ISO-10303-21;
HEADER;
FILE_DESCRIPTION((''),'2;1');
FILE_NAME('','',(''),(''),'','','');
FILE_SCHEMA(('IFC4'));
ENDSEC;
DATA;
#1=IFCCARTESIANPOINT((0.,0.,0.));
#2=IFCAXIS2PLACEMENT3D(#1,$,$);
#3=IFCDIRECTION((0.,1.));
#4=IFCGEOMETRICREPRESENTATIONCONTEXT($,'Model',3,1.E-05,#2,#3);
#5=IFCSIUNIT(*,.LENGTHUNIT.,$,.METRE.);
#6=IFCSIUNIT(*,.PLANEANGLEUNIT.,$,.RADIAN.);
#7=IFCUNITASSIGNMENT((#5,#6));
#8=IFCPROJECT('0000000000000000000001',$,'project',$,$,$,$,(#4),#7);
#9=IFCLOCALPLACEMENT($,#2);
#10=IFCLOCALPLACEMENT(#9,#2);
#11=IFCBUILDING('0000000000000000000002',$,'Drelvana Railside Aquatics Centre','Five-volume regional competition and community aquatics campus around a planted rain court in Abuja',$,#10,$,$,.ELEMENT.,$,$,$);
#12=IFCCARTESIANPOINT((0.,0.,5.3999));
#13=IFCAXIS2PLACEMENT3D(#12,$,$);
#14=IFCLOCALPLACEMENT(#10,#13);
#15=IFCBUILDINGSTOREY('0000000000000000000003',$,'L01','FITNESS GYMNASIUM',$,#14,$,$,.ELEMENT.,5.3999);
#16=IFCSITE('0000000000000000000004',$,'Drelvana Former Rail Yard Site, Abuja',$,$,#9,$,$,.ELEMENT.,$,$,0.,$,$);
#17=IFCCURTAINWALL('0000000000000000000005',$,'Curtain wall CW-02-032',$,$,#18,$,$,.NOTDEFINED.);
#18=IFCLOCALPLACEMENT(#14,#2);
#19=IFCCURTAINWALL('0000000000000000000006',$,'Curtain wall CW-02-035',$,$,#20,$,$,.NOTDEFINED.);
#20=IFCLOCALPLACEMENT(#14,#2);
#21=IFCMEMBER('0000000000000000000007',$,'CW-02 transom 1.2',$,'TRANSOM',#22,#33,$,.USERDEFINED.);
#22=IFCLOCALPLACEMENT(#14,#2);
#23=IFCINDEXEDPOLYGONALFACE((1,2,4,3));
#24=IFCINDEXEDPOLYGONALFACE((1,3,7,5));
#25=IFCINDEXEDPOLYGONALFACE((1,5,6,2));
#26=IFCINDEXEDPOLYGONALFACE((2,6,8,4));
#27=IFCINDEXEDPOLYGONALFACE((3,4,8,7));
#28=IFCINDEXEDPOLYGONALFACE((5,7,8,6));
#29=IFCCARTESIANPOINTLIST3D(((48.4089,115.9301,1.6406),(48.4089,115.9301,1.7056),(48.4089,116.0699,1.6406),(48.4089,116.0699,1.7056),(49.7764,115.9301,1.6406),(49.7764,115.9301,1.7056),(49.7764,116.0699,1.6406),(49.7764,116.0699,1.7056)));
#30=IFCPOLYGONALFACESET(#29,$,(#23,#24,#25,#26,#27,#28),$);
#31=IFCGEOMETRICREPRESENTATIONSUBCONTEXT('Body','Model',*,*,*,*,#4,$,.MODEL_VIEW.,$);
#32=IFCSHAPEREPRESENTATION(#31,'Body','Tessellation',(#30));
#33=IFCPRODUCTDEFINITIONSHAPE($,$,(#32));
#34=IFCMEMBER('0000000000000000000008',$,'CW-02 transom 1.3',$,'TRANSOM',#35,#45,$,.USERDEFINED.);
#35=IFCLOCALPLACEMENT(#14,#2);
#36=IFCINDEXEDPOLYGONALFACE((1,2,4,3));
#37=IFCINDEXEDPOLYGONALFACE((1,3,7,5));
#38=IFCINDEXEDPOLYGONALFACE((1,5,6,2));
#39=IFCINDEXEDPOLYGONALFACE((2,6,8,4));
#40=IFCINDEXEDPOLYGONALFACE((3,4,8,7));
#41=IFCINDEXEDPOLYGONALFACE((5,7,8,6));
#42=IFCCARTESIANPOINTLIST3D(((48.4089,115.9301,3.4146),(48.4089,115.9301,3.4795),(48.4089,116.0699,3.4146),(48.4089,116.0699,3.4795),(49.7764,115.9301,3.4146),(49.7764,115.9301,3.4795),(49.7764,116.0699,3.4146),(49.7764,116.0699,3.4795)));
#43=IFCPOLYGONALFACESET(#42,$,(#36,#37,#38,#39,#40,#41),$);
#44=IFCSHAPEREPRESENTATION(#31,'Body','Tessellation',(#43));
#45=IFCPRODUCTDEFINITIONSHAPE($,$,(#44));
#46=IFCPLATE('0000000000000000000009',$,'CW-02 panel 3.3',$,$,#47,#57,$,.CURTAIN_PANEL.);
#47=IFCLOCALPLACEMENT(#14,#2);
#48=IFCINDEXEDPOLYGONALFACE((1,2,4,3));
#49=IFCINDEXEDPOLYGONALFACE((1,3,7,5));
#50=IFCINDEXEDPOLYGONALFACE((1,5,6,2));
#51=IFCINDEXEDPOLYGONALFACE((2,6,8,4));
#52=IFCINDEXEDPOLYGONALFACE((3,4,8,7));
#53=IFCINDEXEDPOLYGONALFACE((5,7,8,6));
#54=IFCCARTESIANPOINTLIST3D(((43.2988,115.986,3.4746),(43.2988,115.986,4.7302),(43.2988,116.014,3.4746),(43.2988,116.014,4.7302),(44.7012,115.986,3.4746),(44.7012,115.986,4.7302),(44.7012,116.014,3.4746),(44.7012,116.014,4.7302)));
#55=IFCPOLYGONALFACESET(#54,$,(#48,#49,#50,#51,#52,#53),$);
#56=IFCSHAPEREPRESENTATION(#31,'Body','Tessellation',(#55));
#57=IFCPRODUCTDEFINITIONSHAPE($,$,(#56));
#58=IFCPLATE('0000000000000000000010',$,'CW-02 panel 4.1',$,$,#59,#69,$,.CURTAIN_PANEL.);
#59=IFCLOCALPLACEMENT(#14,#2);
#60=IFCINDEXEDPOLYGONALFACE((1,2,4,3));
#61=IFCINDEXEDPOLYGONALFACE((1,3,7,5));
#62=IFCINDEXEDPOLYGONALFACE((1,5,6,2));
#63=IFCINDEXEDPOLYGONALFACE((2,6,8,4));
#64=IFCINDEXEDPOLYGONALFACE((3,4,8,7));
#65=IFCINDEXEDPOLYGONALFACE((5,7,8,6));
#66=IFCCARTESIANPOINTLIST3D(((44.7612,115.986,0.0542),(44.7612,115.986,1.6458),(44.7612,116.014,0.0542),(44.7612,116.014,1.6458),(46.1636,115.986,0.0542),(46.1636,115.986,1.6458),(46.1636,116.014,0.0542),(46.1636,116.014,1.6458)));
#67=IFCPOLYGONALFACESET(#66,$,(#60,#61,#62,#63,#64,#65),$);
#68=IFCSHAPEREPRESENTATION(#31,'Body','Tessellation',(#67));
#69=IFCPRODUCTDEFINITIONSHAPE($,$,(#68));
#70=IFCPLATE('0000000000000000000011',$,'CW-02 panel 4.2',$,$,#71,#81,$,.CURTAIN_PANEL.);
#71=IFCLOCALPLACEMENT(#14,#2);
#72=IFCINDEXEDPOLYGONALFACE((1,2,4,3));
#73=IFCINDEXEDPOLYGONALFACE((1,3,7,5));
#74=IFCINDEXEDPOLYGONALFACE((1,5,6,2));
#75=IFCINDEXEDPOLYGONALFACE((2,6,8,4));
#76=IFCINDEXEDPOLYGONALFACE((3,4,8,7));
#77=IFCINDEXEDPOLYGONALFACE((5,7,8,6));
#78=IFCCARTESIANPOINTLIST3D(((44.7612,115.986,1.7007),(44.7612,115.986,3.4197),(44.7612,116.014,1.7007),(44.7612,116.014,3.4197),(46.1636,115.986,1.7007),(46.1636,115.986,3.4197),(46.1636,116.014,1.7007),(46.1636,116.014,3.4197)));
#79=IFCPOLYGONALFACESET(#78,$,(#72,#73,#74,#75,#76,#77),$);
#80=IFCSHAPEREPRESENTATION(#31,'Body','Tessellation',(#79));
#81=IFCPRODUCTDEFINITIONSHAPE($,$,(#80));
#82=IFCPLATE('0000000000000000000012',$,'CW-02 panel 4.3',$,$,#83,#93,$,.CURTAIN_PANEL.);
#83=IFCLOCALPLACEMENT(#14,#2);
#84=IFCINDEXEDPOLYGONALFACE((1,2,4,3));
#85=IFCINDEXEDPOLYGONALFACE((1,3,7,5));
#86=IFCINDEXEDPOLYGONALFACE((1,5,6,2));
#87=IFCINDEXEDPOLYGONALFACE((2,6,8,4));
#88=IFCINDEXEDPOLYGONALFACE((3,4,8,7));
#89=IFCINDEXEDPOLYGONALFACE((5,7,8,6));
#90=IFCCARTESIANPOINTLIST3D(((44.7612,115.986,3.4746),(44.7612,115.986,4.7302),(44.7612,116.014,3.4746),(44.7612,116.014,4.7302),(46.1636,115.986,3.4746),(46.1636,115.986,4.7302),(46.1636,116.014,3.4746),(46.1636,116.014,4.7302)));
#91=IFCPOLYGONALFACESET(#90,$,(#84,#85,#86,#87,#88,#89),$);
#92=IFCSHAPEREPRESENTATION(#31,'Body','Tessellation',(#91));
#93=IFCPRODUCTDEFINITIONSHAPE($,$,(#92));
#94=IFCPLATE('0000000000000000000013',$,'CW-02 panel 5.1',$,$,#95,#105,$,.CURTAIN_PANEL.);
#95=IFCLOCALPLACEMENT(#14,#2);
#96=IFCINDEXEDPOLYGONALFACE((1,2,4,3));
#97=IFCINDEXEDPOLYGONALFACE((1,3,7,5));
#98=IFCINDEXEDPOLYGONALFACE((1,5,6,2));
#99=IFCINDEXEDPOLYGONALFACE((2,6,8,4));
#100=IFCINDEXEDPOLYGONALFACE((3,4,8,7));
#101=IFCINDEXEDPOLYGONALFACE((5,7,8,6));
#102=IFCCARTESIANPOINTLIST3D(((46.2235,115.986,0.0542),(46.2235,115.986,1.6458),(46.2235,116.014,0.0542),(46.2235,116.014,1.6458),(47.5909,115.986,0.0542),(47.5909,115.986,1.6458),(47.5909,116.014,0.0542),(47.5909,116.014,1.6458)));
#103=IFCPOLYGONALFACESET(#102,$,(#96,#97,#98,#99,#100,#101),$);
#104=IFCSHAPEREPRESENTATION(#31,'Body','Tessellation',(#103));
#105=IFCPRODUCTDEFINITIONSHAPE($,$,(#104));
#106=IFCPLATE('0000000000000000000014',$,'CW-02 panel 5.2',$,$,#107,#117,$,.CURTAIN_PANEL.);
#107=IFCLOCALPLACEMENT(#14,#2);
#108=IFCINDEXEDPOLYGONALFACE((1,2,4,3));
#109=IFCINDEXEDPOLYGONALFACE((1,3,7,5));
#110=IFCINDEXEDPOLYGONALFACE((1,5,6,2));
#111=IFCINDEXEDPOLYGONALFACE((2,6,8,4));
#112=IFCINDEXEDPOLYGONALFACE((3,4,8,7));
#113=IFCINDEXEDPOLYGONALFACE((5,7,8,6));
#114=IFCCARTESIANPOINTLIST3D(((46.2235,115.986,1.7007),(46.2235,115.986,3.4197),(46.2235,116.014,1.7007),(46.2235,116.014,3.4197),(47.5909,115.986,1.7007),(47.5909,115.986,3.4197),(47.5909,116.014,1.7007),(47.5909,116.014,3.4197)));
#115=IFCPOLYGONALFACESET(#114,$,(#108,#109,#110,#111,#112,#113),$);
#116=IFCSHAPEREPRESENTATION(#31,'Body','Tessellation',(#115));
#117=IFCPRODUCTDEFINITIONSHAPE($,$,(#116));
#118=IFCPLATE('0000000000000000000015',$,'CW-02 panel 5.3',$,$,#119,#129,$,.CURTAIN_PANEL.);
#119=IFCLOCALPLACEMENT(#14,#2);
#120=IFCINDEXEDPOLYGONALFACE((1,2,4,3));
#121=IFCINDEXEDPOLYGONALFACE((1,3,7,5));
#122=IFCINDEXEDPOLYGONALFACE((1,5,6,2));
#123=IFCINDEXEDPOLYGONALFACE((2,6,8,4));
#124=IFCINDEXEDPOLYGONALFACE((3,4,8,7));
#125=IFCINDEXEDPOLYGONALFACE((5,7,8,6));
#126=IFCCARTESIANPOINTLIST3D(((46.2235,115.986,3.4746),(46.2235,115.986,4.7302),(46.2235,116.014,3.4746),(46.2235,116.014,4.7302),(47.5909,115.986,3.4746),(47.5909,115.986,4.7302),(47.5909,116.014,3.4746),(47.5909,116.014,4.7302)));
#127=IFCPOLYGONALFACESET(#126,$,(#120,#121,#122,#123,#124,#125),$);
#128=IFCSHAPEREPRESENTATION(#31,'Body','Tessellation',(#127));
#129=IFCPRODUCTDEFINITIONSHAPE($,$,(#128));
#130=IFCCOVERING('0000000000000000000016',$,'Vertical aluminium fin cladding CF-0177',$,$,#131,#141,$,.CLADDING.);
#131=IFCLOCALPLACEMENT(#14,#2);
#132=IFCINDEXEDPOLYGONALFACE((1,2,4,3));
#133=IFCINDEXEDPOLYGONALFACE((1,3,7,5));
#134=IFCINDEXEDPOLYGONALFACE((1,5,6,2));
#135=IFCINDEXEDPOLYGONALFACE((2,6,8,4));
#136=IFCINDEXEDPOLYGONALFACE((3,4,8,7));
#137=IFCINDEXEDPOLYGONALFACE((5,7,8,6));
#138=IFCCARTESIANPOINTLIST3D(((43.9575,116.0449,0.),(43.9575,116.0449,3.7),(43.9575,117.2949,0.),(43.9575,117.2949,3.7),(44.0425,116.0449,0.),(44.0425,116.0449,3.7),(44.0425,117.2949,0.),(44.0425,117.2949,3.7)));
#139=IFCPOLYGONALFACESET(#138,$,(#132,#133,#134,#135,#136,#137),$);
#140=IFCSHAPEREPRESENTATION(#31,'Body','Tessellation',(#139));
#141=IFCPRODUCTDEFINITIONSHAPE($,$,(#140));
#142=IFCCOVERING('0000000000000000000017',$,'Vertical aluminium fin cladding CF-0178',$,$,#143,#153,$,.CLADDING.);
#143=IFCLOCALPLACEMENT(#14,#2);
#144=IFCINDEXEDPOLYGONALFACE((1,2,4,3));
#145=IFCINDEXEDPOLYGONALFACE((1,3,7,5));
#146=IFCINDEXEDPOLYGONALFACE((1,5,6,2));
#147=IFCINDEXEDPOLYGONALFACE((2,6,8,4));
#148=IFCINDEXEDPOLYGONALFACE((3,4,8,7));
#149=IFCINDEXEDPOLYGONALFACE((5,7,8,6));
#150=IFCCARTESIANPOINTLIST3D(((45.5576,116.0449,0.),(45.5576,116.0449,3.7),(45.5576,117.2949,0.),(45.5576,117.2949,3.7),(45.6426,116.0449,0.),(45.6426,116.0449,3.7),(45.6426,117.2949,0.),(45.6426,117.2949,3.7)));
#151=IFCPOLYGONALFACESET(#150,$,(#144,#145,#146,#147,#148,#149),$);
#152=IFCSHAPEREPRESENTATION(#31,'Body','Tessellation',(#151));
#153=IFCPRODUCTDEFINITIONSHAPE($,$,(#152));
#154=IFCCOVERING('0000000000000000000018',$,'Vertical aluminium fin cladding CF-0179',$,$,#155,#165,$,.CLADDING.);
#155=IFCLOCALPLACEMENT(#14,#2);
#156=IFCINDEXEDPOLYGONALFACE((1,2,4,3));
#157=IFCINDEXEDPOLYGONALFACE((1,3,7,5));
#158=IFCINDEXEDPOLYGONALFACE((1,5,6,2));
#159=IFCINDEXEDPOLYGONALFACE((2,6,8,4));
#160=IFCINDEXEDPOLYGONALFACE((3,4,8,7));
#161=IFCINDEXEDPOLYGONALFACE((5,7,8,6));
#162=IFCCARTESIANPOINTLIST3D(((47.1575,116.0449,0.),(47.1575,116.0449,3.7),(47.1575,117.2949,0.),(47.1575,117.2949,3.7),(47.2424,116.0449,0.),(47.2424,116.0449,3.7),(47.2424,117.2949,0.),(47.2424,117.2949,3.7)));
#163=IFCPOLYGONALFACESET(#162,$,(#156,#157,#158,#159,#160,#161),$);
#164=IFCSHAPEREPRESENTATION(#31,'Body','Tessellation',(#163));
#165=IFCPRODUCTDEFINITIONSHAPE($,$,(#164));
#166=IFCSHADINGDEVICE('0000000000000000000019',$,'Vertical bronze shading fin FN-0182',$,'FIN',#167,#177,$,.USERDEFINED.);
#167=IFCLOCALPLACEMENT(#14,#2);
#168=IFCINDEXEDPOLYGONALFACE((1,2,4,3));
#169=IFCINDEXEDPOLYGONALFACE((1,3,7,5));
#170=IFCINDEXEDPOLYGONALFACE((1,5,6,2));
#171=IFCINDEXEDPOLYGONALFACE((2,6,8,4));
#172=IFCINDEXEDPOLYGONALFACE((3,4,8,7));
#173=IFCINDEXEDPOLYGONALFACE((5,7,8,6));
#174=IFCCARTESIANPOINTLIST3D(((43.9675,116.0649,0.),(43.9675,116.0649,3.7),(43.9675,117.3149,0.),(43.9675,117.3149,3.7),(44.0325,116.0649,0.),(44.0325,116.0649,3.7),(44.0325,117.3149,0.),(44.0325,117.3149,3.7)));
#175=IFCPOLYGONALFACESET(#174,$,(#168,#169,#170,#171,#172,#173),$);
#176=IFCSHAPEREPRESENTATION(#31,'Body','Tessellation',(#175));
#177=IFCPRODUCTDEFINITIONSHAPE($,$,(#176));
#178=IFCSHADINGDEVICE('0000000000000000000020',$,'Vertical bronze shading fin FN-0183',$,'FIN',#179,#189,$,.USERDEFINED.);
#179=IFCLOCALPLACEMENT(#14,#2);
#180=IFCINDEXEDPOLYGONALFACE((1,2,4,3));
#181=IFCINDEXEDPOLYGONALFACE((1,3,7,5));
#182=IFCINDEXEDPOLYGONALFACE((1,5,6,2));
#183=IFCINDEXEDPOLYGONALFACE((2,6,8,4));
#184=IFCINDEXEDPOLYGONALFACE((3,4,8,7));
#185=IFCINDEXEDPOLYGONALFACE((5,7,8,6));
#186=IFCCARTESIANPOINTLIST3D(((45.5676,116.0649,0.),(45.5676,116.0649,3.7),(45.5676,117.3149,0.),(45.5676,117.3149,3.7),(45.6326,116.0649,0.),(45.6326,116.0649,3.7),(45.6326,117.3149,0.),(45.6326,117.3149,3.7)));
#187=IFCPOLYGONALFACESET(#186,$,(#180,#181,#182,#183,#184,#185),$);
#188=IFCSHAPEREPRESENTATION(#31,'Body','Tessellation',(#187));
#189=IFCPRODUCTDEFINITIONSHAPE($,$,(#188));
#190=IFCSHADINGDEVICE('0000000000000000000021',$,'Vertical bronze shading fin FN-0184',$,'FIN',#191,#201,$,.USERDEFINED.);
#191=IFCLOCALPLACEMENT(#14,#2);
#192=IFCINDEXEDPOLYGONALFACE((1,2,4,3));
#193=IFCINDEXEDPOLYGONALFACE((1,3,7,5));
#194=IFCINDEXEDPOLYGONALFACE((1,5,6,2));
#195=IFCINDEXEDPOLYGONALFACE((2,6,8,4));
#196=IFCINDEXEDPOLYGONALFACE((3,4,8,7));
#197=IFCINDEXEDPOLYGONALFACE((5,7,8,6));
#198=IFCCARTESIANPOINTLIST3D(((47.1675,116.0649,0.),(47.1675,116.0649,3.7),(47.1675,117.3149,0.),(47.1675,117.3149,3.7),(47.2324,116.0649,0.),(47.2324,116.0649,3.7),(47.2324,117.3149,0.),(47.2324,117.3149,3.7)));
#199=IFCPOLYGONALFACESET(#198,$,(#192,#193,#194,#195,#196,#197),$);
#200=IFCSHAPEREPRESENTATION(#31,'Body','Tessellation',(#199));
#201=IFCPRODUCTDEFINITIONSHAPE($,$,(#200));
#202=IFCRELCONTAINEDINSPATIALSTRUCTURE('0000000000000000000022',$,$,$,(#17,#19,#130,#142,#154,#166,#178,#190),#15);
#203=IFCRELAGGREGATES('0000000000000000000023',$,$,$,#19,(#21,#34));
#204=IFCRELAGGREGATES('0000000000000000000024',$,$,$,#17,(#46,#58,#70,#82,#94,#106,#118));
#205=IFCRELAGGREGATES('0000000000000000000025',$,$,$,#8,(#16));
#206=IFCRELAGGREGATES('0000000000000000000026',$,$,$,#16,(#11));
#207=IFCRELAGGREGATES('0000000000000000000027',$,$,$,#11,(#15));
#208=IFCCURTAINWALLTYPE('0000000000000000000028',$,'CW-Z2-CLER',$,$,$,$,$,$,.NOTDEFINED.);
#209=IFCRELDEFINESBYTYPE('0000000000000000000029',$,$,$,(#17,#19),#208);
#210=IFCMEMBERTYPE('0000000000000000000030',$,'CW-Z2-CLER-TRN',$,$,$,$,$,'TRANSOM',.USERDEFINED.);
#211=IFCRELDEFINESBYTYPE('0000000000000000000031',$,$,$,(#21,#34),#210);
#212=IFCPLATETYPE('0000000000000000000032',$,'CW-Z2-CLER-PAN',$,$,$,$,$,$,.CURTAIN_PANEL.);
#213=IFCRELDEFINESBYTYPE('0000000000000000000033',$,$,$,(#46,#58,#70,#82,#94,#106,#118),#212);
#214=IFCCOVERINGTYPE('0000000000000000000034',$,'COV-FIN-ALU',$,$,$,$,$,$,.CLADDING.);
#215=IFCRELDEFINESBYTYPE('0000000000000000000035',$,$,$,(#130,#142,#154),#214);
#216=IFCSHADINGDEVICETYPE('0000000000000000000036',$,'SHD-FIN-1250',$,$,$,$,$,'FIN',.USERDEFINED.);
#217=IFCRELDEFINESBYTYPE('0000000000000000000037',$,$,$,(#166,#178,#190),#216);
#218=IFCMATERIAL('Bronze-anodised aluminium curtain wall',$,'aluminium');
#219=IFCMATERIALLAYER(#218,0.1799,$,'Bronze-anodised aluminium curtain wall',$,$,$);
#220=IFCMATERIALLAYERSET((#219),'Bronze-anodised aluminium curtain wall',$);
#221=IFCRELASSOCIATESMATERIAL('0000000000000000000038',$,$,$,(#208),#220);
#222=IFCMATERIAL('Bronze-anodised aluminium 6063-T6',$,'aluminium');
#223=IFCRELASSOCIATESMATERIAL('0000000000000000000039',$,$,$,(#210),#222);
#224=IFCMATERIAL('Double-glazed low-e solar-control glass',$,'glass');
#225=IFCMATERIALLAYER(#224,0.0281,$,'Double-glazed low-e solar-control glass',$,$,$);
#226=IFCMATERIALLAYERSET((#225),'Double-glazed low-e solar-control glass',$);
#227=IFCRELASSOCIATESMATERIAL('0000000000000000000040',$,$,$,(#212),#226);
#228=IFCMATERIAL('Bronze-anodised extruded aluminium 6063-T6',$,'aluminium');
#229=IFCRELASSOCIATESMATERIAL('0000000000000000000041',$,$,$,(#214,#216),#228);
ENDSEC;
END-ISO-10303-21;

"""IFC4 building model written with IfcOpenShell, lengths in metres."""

from ifc_helpers import new_model, si_unit, direction, frame, origin, origin_2d, place, context, subcontext, project, spatial, rectangle, extrude, material, layer, layer_set, material_profile, profile_set, type_object, element, aggregate, save


model = new_model("IFC4")

# Units and contexts
model_context = context("Model", 3, precision=1e-05, world=origin(), true_north=direction((0.0, 1.0)))
body_context = subcontext(model_context, "Body", "Model", "MODEL_VIEW")
ifc_project = project(units=[si_unit("LENGTHUNIT", "METRE"), si_unit("PLANEANGLEUNIT", "RADIAN")], contexts=[model_context])

# Site, building, storey
site_placement = place(None, origin())
site = spatial("IfcSite", under=ifc_project, at=site_placement, Name="Drelvana Former Rail Yard Site, Abuja", CompositionType="ELEMENT", RefElevation=0.0)
building_placement = place(site_placement, origin())
building = spatial("IfcBuilding", under=site, at=building_placement, Name="Drelvana Railside Aquatics Centre", Description="Five-volume regional competition and community aquatics campus around a planted rain court in Abuja", CompositionType="ELEMENT")
storey_placement = place(building_placement, frame((0.0, 0.0, 5.3999)))
storey = spatial("IfcBuildingStorey", under=building, at=storey_placement, Name="L01", Description="FITNESS GYMNASIUM", CompositionType="ELEMENT", Elevation=5.3999)

# Curtain wall
ifc_material_1 = material(Name="Bronze-anodised aluminium curtain wall", Category="aluminium")
ifc_layer_1 = layer(ifc_material_1, 0.1799, Name="Bronze-anodised aluminium curtain wall")
ifc_layer_set_1 = layer_set([ifc_layer_1], Name="Bronze-anodised aluminium curtain wall")
curtain_wall_type = type_object("IfcCurtainWallType", Name="CW-Z2-CLER", PredefinedType="NOTDEFINED", material=ifc_layer_set_1)
curtain_wall_1_placement = place(storey_placement, origin())
curtain_wall_1 = element("IfcCurtainWall", 1, at=curtain_wall_1_placement, inside=storey, type_object=curtain_wall_type, Name="Curtain wall CW-02-032", PredefinedType="NOTDEFINED")
ifc_material_2 = material(Name="Bronze-anodised aluminium 6063-T6", Category="aluminium")

# Curtain wall
curtain_wall_2_placement = place(storey_placement, origin())
curtain_wall_2 = element("IfcCurtainWall", 2, at=curtain_wall_2_placement, inside=storey, type_object=curtain_wall_type, Name="Curtain wall CW-02-035", PredefinedType="NOTDEFINED")

# Members
ifc_material_profile_1 = material_profile(ifc_material_2, rectangle(XDim=0.1399, YDim=0.0649, at=origin_2d()), Name="ALU-T 65x140")
ifc_profile_set_1 = profile_set([ifc_material_profile_1], Name="Bronze-anodised aluminium 6063-T6")
member_type_1 = type_object("IfcMemberType", Name="CW-Z2-CLER-TRN", ElementType="TRANSOM", PredefinedType="USERDEFINED", material=ifc_profile_set_1)
member_1_placement = place(storey_placement, frame((48.4089, 116.0, 1.6731), z_axis=(1.0, 0.0, 0.0), x_axis=(0.0, 1.0, 0.0)))
member_1 = element("IfcMember", 3, at=member_1_placement, type_object=member_type_1, Name="CW-02 transom 1.2", ObjectType="TRANSOM", PredefinedType="USERDEFINED", context=body_context, shape_type="SweptSolid", body=[
    extrude(rectangle(XDim=0.1399, YDim=0.0649, at=origin_2d()), origin(), (0.0, 0.0, 1.0), 1.3674),
])
member_2_placement = place(storey_placement, frame((48.4089, 116.0, 3.447), z_axis=(1.0, 0.0, 0.0), x_axis=(0.0, 1.0, 0.0)))
member_2 = element("IfcMember", 4, at=member_2_placement, type_object=member_type_1, Name="CW-02 transom 1.3", ObjectType="TRANSOM", PredefinedType="USERDEFINED", context=body_context, shape_type="SweptSolid", body=[
    extrude(rectangle(XDim=0.1399, YDim=0.0649, at=origin_2d()), origin(), (0.0, 0.0, 1.0), 1.3674),
])
aggregate(curtain_wall_2, [member_1, member_2])

# Plates
ifc_material_3 = material(Name="Double-glazed low-e solar-control glass", Category="glass")
ifc_layer_2 = layer(ifc_material_3, 0.0281, Name="Double-glazed low-e solar-control glass")
ifc_layer_set_2 = layer_set([ifc_layer_2], Name="Double-glazed low-e solar-control glass")
plate_type = type_object("IfcPlateType", Name="CW-Z2-CLER-PAN", PredefinedType="CURTAIN_PANEL", material=ifc_layer_set_2)
plate_1_placement = place(storey_placement, frame((44.0, 116.0, 3.4746), z_axis=(0.0, 0.0, 1.0), x_axis=(1.0, 0.0, 0.0)))
plate_1 = element("IfcPlate", 5, at=plate_1_placement, type_object=plate_type, Name="CW-02 panel 3.3", PredefinedType="CURTAIN_PANEL", context=body_context, shape_type="SweptSolid", body=[
    extrude(rectangle(XDim=1.4023, YDim=0.0281, at=origin_2d()), origin(), (0.0, 0.0, 1.0), 1.2556),
])
plate_2_placement = place(storey_placement, frame((45.4624, 116.0, 0.0542), z_axis=(0.0, 0.0, 1.0), x_axis=(1.0, 0.0, 0.0)))
plate_2 = element("IfcPlate", 6, at=plate_2_placement, type_object=plate_type, Name="CW-02 panel 4.1", PredefinedType="CURTAIN_PANEL", context=body_context, shape_type="SweptSolid", body=[
    extrude(rectangle(XDim=1.4023, YDim=0.0281, at=origin_2d()), origin(), (0.0, 0.0, 1.0), 1.5916),
])
plate_3_placement = place(storey_placement, frame((45.4624, 116.0, 1.7007), z_axis=(0.0, 0.0, 1.0), x_axis=(1.0, 0.0, 0.0)))
plate_3 = element("IfcPlate", 7, at=plate_3_placement, type_object=plate_type, Name="CW-02 panel 4.2", PredefinedType="CURTAIN_PANEL", context=body_context, shape_type="SweptSolid", body=[
    extrude(rectangle(XDim=1.4023, YDim=0.0281, at=origin_2d()), origin(), (0.0, 0.0, 1.0), 1.719),
])
plate_4_placement = place(storey_placement, frame((45.4624, 116.0, 3.4746), z_axis=(0.0, 0.0, 1.0), x_axis=(1.0, 0.0, 0.0)))
plate_4 = element("IfcPlate", 8, at=plate_4_placement, type_object=plate_type, Name="CW-02 panel 4.3", PredefinedType="CURTAIN_PANEL", context=body_context, shape_type="SweptSolid", body=[
    extrude(rectangle(XDim=1.4023, YDim=0.0281, at=origin_2d()), origin(), (0.0, 0.0, 1.0), 1.2556),
])
plate_5_placement = place(storey_placement, frame((46.9072, 116.0, 0.0542), z_axis=(0.0, 0.0, 1.0), x_axis=(1.0, 0.0, 0.0)))
plate_5 = element("IfcPlate", 9, at=plate_5_placement, type_object=plate_type, Name="CW-02 panel 5.1", PredefinedType="CURTAIN_PANEL", context=body_context, shape_type="SweptSolid", body=[
    extrude(rectangle(XDim=1.3674, YDim=0.0281, at=origin_2d()), origin(), (0.0, 0.0, 1.0), 1.5916),
])
plate_6_placement = place(storey_placement, frame((46.9072, 116.0, 1.7007), z_axis=(0.0, 0.0, 1.0), x_axis=(1.0, 0.0, 0.0)))
plate_6 = element("IfcPlate", 10, at=plate_6_placement, type_object=plate_type, Name="CW-02 panel 5.2", PredefinedType="CURTAIN_PANEL", context=body_context, shape_type="SweptSolid", body=[
    extrude(rectangle(XDim=1.3674, YDim=0.0281, at=origin_2d()), origin(), (0.0, 0.0, 1.0), 1.719),
])
plate_7_placement = place(storey_placement, frame((46.9072, 116.0, 3.4746), z_axis=(0.0, 0.0, 1.0), x_axis=(1.0, 0.0, 0.0)))
plate_7 = element("IfcPlate", 11, at=plate_7_placement, type_object=plate_type, Name="CW-02 panel 5.3", PredefinedType="CURTAIN_PANEL", context=body_context, shape_type="SweptSolid", body=[
    extrude(rectangle(XDim=1.3674, YDim=0.0281, at=origin_2d()), origin(), (0.0, 0.0, 1.0), 1.2556),
])
aggregate(curtain_wall_1, [plate_1, plate_2, plate_3, plate_4, plate_5, plate_6, plate_7])

# Coverings
ifc_material_4 = material(Name="Bronze-anodised extruded aluminium 6063-T6", Category="aluminium")
covering_type = type_object("IfcCoveringType", Name="COV-FIN-ALU", PredefinedType="CLADDING", material=ifc_material_4)
for number, where, z_axis, x_axis, name in (
    (12, (44.0, 116.6699, 0.0), (0.0, 0.0, 1.0), (1.0, 0.0, 0.0), "Vertical aluminium fin cladding CF-0177"),
    (13, (45.6001, 116.6699, 0.0), (0.0, 0.0, 1.0), (1.0, 0.0, 0.0), "Vertical aluminium fin cladding CF-0178"),
    (14, (47.2, 116.6699, 0.0), (0.0, 0.0, 1.0), (1.0, 0.0, 0.0), "Vertical aluminium fin cladding CF-0179"),
):
    element("IfcCovering", number, at=place(storey_placement, frame(where, z_axis=z_axis, x_axis=x_axis)), inside=storey, type_object=covering_type, Name=name, PredefinedType="CLADDING", context=body_context, shape_type="SweptSolid", body=[
        extrude(rectangle(XDim=0.085, YDim=1.25, at=origin_2d()), origin(), (0.0, 0.0, 1.0), 3.7),
    ])

# Shading devices
shading_device_type = type_object("IfcShadingDeviceType", Name="SHD-FIN-1250", ElementType="FIN", PredefinedType="USERDEFINED", material=ifc_material_4)
for number, where, z_axis, x_axis, name in (
    (15, (44.0, 116.6899, 0.0), (0.0, 0.0, 1.0), (0.0, 1.0, 0.0), "Vertical bronze shading fin FN-0182"),
    (16, (45.6001, 116.6899, 0.0), (0.0, 0.0, 1.0), (0.0, 1.0, 0.0), "Vertical bronze shading fin FN-0183"),
    (17, (47.2, 116.6899, 0.0), (0.0, 0.0, 1.0), (0.0, 1.0, 0.0), "Vertical bronze shading fin FN-0184"),
):
    element("IfcShadingDevice", number, at=place(storey_placement, frame(where, z_axis=z_axis, x_axis=x_axis)), inside=storey, type_object=shading_device_type, Name=name, ObjectType="FIN", PredefinedType="USERDEFINED", context=body_context, shape_type="SweptSolid", body=[
        extrude(rectangle(XDim=1.25, YDim=0.0649, at=origin_2d()), origin(), (0.0, 0.0, 1.0), 3.7),
    ])

save(model, "model.ifc")
